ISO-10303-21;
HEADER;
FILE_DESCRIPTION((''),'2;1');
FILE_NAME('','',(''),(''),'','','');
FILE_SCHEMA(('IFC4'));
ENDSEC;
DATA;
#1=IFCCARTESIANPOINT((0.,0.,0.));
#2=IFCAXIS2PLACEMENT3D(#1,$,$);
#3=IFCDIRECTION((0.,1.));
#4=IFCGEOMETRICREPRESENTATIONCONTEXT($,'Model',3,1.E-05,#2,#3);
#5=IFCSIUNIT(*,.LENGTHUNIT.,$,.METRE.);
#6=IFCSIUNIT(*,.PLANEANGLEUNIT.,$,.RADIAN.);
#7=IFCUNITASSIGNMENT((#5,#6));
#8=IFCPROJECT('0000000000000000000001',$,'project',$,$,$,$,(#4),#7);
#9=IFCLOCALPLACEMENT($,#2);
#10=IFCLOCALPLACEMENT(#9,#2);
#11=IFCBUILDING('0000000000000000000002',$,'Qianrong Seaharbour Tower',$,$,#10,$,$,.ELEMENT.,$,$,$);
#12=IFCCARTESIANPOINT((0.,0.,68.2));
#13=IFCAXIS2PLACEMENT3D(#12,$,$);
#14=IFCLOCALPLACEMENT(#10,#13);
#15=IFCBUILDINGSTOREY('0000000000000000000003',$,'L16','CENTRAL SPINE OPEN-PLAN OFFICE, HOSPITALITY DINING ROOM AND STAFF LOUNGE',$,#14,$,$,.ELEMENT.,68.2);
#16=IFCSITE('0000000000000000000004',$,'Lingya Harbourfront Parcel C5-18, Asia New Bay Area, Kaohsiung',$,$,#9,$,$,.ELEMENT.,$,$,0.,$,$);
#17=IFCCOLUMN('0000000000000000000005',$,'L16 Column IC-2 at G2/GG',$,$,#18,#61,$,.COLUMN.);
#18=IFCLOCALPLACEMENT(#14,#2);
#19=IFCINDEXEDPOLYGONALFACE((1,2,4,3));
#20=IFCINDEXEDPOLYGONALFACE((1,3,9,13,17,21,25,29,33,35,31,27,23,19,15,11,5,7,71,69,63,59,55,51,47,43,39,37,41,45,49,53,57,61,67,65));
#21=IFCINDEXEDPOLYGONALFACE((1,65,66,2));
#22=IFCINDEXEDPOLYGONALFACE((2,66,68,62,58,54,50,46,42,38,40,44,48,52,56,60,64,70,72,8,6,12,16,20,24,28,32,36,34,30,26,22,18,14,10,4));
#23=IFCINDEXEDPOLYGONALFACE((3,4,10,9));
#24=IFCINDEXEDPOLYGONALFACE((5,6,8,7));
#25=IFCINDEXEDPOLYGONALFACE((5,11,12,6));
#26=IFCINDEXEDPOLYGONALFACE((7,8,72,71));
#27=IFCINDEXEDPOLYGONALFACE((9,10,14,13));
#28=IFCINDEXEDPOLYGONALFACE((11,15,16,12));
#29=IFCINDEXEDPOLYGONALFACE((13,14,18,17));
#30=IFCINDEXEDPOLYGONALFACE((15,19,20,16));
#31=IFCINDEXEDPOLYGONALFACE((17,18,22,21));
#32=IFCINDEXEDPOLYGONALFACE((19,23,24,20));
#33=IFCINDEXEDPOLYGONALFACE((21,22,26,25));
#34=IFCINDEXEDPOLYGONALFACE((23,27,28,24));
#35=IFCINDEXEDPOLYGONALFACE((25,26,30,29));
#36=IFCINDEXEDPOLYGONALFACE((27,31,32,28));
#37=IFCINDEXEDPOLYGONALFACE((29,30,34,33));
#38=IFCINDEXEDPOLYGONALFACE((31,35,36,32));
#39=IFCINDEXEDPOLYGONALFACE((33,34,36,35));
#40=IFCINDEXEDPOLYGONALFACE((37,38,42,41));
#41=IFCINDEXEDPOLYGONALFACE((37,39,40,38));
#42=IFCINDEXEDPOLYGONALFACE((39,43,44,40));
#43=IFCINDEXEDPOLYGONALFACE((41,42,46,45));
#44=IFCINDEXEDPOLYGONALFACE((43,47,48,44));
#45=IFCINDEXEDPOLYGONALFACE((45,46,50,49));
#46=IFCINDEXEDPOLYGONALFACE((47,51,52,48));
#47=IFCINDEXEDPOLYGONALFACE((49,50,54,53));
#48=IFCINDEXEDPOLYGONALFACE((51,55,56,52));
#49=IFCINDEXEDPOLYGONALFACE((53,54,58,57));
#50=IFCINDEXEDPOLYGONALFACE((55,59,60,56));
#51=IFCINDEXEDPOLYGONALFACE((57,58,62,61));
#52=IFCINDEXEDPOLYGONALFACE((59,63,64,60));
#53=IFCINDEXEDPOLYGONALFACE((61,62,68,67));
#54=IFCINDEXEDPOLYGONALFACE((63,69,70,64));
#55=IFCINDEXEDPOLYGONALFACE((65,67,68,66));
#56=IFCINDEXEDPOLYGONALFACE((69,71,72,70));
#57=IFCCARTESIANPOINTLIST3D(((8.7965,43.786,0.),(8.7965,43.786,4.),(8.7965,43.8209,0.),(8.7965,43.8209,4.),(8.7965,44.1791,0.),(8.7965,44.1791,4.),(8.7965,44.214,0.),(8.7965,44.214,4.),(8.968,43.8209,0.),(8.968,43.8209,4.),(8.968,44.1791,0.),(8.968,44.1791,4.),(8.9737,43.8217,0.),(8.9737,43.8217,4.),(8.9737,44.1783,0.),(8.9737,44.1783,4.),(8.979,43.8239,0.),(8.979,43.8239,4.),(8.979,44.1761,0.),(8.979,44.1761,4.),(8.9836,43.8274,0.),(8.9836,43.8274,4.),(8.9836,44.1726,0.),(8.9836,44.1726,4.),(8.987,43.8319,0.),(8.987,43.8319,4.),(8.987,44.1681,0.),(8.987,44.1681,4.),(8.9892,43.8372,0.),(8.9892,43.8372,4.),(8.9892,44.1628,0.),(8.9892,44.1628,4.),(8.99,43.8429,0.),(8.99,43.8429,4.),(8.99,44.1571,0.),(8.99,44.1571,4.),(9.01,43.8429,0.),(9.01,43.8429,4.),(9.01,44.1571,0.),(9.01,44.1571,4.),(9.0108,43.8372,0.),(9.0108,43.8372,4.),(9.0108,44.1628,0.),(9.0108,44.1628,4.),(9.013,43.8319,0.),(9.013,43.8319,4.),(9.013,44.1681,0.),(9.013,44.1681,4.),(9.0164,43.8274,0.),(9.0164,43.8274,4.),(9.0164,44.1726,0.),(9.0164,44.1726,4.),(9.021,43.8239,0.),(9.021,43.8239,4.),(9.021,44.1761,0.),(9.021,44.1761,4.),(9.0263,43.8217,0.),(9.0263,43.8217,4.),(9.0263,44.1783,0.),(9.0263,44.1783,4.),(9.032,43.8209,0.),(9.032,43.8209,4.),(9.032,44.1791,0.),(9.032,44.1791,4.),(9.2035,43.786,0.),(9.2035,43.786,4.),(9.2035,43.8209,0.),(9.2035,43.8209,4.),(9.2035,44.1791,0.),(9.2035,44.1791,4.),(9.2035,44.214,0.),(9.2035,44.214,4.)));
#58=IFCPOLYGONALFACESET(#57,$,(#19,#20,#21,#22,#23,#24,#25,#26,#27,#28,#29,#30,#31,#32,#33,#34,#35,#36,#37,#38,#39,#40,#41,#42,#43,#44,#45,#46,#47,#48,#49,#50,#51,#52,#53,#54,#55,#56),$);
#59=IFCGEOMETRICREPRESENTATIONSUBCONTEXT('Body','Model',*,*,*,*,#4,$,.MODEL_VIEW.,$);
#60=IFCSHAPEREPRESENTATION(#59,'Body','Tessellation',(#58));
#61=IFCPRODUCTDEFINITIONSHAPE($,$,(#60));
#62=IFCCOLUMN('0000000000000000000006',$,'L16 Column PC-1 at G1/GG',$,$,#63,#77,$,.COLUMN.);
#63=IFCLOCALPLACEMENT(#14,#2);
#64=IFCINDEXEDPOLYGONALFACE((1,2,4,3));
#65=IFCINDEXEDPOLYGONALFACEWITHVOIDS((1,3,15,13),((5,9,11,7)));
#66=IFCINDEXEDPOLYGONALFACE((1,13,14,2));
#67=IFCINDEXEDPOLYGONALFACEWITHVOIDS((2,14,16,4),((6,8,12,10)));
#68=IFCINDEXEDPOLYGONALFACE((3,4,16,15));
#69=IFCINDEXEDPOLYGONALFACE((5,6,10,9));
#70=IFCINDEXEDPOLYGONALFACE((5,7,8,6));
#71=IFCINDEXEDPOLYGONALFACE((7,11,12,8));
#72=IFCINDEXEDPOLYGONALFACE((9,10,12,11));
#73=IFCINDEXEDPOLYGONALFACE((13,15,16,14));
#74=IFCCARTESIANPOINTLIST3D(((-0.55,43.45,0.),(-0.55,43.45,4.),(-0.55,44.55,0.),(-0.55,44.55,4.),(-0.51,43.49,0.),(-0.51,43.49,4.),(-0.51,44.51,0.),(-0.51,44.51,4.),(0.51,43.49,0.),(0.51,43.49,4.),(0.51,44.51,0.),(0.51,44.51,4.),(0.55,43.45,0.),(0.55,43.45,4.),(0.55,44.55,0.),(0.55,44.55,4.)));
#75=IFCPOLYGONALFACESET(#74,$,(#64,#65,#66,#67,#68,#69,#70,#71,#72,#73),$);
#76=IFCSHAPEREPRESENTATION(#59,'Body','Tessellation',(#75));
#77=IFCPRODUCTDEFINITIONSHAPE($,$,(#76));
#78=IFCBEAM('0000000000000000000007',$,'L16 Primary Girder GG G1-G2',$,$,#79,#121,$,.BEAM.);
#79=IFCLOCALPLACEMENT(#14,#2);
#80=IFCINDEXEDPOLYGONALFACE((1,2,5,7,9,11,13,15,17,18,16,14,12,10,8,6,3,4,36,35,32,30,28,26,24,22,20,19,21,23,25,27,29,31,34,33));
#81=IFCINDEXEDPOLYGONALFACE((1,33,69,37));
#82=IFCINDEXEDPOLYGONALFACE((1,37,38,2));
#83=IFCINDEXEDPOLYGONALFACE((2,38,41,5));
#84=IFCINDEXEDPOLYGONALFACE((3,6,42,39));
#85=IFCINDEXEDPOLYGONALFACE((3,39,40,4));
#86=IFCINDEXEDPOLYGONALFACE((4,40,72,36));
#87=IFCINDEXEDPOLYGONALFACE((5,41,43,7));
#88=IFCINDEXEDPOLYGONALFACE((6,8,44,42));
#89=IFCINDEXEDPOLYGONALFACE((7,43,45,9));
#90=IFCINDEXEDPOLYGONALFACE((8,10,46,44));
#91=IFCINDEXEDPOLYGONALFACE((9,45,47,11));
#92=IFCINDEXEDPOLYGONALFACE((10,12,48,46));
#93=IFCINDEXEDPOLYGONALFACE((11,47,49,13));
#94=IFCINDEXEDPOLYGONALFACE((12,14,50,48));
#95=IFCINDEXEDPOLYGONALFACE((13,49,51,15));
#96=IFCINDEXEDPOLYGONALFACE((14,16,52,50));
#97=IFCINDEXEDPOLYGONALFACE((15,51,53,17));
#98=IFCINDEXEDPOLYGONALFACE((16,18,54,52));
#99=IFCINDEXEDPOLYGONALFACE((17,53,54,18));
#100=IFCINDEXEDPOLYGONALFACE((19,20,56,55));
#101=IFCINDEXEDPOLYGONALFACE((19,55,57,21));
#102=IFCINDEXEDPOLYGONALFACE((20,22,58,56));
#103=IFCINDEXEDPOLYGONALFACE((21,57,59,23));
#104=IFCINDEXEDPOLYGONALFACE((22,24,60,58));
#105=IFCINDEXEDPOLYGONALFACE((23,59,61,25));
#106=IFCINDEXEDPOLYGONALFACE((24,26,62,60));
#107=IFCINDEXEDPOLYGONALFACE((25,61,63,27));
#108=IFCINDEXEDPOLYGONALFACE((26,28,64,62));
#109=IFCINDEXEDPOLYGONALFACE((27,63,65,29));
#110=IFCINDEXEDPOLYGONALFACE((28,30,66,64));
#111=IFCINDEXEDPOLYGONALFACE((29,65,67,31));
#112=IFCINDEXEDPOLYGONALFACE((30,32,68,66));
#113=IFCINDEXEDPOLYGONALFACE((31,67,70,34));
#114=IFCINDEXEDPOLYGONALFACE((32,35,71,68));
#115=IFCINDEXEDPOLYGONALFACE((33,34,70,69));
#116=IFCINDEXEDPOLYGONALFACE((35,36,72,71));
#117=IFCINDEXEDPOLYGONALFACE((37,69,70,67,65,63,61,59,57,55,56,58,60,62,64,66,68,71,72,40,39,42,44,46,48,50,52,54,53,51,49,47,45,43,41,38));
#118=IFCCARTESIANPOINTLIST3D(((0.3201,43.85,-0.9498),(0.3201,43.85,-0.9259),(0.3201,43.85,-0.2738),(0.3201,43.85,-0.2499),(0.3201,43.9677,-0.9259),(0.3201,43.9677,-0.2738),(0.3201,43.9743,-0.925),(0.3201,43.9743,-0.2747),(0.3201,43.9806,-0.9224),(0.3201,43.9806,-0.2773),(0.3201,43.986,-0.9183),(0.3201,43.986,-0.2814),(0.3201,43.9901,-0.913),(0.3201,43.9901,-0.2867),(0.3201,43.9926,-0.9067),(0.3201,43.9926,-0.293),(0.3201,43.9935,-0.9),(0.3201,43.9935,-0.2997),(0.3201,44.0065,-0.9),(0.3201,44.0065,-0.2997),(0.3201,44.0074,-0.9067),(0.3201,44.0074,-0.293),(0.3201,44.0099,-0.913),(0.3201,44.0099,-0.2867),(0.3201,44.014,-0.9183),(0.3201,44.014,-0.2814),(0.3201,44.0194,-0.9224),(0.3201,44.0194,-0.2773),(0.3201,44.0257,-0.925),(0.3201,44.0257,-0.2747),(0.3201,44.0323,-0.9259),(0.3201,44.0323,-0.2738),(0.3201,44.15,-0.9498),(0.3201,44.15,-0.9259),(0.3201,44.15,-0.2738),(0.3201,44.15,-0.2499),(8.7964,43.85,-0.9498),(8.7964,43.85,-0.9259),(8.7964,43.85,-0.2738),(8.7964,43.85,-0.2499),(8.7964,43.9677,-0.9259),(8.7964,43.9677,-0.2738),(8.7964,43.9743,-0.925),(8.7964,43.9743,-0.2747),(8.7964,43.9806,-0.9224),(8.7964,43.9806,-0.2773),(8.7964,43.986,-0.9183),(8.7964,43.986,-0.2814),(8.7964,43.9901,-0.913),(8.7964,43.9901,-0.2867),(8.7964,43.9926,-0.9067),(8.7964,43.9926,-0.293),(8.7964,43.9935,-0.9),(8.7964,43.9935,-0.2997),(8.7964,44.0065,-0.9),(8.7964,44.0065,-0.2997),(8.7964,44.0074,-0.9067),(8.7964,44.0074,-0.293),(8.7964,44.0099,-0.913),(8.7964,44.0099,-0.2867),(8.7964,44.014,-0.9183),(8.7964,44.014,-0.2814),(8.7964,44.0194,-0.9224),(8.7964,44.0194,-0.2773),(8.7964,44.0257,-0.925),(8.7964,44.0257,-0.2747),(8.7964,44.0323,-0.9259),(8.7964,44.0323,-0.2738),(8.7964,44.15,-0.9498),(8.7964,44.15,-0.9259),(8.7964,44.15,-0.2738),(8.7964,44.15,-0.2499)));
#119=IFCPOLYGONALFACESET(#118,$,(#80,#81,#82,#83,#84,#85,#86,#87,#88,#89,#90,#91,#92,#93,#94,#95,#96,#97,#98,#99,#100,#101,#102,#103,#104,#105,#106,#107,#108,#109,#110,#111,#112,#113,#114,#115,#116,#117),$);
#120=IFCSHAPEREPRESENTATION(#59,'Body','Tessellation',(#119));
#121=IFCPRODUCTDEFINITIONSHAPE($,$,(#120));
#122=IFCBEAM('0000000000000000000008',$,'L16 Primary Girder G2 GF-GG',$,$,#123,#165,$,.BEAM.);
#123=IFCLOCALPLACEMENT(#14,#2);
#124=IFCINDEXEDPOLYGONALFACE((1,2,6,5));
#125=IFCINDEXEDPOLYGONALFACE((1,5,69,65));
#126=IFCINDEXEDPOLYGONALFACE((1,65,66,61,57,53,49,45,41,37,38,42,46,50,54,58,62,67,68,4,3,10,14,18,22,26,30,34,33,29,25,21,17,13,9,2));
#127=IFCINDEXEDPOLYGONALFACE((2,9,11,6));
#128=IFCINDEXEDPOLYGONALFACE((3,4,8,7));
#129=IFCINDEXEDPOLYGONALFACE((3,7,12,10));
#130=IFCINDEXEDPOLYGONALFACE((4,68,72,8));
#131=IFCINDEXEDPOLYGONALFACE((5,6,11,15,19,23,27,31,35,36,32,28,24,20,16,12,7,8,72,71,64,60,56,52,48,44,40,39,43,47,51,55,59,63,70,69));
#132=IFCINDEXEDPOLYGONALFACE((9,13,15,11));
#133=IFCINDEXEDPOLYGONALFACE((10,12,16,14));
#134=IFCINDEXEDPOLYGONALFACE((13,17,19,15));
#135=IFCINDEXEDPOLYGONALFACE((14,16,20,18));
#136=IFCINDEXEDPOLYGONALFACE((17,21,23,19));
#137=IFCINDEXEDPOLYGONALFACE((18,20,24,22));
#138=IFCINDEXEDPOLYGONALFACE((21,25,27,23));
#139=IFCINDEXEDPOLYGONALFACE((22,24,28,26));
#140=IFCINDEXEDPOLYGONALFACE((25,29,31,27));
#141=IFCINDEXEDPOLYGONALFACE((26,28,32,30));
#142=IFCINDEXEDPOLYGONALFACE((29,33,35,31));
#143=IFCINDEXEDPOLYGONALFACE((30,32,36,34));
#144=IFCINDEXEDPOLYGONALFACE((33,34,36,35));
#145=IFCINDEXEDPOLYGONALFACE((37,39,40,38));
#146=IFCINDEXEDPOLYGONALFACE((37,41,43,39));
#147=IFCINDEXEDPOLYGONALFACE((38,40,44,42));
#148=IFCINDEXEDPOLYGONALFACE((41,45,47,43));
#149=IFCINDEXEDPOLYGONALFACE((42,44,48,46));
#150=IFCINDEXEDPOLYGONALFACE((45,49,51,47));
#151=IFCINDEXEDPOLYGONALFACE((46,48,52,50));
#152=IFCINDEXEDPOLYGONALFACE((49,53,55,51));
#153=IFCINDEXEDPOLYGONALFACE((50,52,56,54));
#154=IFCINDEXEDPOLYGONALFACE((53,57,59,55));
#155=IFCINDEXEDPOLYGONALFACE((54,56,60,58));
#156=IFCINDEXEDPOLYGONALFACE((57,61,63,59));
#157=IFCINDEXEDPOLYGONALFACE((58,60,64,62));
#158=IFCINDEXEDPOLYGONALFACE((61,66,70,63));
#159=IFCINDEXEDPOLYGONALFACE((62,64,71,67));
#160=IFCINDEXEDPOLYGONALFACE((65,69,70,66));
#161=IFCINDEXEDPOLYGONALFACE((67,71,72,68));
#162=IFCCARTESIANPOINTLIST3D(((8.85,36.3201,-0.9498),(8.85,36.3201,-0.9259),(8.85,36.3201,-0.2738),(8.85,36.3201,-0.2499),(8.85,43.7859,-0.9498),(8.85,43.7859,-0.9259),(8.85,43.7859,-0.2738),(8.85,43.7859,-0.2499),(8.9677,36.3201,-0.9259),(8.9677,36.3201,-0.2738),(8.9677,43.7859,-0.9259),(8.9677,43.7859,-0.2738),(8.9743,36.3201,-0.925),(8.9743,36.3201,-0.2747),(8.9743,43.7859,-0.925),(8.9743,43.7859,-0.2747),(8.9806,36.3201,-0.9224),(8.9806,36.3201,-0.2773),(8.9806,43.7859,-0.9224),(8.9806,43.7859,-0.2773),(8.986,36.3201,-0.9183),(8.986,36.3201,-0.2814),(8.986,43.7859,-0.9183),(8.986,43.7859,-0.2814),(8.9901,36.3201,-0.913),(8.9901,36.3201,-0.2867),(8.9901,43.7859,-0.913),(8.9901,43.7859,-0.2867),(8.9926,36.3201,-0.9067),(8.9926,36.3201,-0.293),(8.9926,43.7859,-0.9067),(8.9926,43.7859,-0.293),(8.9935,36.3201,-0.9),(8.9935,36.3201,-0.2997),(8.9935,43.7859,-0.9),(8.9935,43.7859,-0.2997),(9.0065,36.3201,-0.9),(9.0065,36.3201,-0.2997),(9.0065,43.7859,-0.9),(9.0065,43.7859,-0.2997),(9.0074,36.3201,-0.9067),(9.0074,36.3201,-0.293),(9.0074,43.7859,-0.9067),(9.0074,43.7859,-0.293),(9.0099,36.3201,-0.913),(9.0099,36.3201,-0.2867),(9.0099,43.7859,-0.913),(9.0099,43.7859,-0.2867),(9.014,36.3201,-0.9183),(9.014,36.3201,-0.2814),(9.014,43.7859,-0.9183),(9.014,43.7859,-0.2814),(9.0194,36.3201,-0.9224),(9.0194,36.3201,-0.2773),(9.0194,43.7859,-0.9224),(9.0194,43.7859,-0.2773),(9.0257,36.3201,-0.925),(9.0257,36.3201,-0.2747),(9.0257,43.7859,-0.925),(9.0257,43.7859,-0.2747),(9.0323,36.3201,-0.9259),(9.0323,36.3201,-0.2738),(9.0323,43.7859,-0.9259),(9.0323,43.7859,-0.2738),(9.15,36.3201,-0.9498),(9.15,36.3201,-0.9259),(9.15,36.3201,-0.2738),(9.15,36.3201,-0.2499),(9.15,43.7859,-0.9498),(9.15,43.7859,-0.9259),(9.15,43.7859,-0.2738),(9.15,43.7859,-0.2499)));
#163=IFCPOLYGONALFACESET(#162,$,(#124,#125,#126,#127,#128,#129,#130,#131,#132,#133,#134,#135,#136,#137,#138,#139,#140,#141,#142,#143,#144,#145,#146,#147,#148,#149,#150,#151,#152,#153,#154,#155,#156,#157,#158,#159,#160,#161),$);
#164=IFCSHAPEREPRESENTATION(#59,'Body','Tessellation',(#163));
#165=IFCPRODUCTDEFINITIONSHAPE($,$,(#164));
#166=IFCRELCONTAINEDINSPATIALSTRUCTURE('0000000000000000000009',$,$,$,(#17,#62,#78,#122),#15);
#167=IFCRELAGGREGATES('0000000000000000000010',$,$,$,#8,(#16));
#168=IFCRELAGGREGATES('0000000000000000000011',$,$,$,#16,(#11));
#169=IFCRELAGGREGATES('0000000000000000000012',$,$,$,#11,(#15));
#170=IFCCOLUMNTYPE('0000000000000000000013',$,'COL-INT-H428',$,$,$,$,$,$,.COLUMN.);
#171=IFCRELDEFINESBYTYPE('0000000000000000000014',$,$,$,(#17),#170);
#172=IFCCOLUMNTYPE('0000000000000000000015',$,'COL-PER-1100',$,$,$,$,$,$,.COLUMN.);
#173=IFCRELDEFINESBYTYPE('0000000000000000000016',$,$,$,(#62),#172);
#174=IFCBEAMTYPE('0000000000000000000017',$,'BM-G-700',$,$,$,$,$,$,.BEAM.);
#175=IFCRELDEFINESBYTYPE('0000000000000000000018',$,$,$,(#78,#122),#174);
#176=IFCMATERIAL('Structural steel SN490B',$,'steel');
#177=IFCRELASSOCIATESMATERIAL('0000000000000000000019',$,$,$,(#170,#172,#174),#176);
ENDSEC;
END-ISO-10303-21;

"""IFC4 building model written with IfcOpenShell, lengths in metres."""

from ifc_helpers import new_model, si_unit, direction, frame, origin, origin_2d, place, context, subcontext, project, spatial, hollow_rectangle, i_section, extrude, material, material_profile, profile_set, type_object, element, save


model = new_model("IFC4")

# Units and contexts
model_context = context("Model", 3, precision=1e-05, world=origin(), true_north=direction((0.0, 1.0)))
body_context = subcontext(model_context, "Body", "Model", "MODEL_VIEW")
ifc_project = project(units=[si_unit("LENGTHUNIT", "METRE"), si_unit("PLANEANGLEUNIT", "RADIAN")], contexts=[model_context])

# Site, building, storey
site_placement = place(None, origin())
site = spatial("IfcSite", under=ifc_project, at=site_placement, Name="Lingya Harbourfront Parcel C5-18, Asia New Bay Area, Kaohsiung", CompositionType="ELEMENT", RefElevation=0.0)
building_placement = place(site_placement, origin())
building = spatial("IfcBuilding", under=site, at=building_placement, Name="Qianrong Seaharbour Tower", CompositionType="ELEMENT")
storey_placement = place(building_placement, frame((0.0, 0.0, 68.2)))
storey = spatial("IfcBuildingStorey", under=building, at=storey_placement, Name="L16", Description="CENTRAL SPINE OPEN-PLAN OFFICE, HOSPITALITY DINING ROOM AND STAFF LOUNGE", CompositionType="ELEMENT", Elevation=68.2)

# Columns
ifc_material_1 = material(Name="Structural steel SN490B", Category="steel")
ifc_material_profile_1 = material_profile(ifc_material_1, i_section(OverallWidth=0.407, OverallDepth=0.428, WebThickness=0.02, FlangeThickness=0.0349, FilletRadius=0.022, at=origin_2d()), Name="H428x407x20x35")
ifc_profile_set_1 = profile_set([ifc_material_profile_1], Name="Structural steel SN490B")
column_type_1 = type_object("IfcColumnType", Name="COL-INT-H428", PredefinedType="COLUMN", material=ifc_profile_set_1)
column_1_placement = place(storey_placement, frame((9.0, 44.0, 0.0), z_axis=(0.0, 0.0, 1.0), x_axis=(1.0, 0.0, 0.0)))
element("IfcColumn", 1, at=column_1_placement, inside=storey, type_object=column_type_1, Name="L16 Column IC-2 at G2/GG", PredefinedType="COLUMN", context=body_context, shape_type="SweptSolid", body=[
    extrude(i_section(OverallWidth=0.407, OverallDepth=0.428, WebThickness=0.02, FlangeThickness=0.0349, FilletRadius=0.022, at=origin_2d()), origin(), (0.0, 0.0, 1.0), 4.0),
])
ifc_material_profile_2 = material_profile(ifc_material_1, hollow_rectangle(XDim=1.1001, YDim=1.1001, WallThickness=0.04, at=origin_2d()), Name="BOX1100x1100x40")
ifc_profile_set_2 = profile_set([ifc_material_profile_2], Name="Structural steel SN490B")
column_type_2 = type_object("IfcColumnType", Name="COL-PER-1100", PredefinedType="COLUMN", material=ifc_profile_set_2)
column_2_placement = place(storey_placement, frame((0.0, 44.0, 0.0), z_axis=(0.0, 0.0, 1.0), x_axis=(1.0, 0.0, 0.0)))
element("IfcColumn", 2, at=column_2_placement, inside=storey, type_object=column_type_2, Name="L16 Column PC-1 at G1/GG", PredefinedType="COLUMN", context=body_context, shape_type="SweptSolid", body=[
    extrude(hollow_rectangle(XDim=1.1001, YDim=1.1001, WallThickness=0.04, at=origin_2d()), origin(), (0.0, 0.0, 1.0), 4.0),
])

# Beams
ifc_material_profile_3 = material_profile(ifc_material_1, i_section(OverallWidth=0.3, OverallDepth=0.7, WebThickness=0.0129, FlangeThickness=0.0239, FilletRadius=0.0259, at=origin_2d()), Name="H700x300x13x24")
ifc_profile_set_3 = profile_set([ifc_material_profile_3], Name="Structural steel SN490B")
beam_type_1 = type_object("IfcBeamType", Name="BM-G-700", PredefinedType="BEAM", material=ifc_profile_set_3)
beam_1_placement = place(storey_placement, frame((0.3201, 44.0, -0.5999), z_axis=(1.0, 0.0, 0.0), x_axis=(0.0, 1.0, 0.0)))
element("IfcBeam", 3, at=beam_1_placement, inside=storey, type_object=beam_type_1, Name="L16 Primary Girder GG G1-G2", PredefinedType="BEAM", context=body_context, shape_type="SweptSolid", body=[
    extrude(i_section(OverallWidth=0.3, OverallDepth=0.7, WebThickness=0.0129, FlangeThickness=0.0239, FilletRadius=0.0259, at=origin_2d()), origin(), (0.0, 0.0, 1.0), 8.4763),
])
for number, where, z_axis, x_axis, name in (
    (4, (9.0, 36.3201, -0.5999), (0.0, 1.0, 0.0), (-1.0, 0.0, 0.0), "L16 Primary Girder G2 GF-GG"),
):
    element("IfcBeam", number, at=place(storey_placement, frame(where, z_axis=z_axis, x_axis=x_axis)), inside=storey, type_object=beam_type_1, Name=name, PredefinedType="BEAM", context=body_context, shape_type="SweptSolid", body=[
        extrude(i_section(OverallWidth=0.3, OverallDepth=0.7, WebThickness=0.0129, FlangeThickness=0.0239, FilletRadius=0.0259, at=origin_2d()), origin(), (0.0, 0.0, 1.0), 7.4658),
    ])

save(model, "model.ifc")
